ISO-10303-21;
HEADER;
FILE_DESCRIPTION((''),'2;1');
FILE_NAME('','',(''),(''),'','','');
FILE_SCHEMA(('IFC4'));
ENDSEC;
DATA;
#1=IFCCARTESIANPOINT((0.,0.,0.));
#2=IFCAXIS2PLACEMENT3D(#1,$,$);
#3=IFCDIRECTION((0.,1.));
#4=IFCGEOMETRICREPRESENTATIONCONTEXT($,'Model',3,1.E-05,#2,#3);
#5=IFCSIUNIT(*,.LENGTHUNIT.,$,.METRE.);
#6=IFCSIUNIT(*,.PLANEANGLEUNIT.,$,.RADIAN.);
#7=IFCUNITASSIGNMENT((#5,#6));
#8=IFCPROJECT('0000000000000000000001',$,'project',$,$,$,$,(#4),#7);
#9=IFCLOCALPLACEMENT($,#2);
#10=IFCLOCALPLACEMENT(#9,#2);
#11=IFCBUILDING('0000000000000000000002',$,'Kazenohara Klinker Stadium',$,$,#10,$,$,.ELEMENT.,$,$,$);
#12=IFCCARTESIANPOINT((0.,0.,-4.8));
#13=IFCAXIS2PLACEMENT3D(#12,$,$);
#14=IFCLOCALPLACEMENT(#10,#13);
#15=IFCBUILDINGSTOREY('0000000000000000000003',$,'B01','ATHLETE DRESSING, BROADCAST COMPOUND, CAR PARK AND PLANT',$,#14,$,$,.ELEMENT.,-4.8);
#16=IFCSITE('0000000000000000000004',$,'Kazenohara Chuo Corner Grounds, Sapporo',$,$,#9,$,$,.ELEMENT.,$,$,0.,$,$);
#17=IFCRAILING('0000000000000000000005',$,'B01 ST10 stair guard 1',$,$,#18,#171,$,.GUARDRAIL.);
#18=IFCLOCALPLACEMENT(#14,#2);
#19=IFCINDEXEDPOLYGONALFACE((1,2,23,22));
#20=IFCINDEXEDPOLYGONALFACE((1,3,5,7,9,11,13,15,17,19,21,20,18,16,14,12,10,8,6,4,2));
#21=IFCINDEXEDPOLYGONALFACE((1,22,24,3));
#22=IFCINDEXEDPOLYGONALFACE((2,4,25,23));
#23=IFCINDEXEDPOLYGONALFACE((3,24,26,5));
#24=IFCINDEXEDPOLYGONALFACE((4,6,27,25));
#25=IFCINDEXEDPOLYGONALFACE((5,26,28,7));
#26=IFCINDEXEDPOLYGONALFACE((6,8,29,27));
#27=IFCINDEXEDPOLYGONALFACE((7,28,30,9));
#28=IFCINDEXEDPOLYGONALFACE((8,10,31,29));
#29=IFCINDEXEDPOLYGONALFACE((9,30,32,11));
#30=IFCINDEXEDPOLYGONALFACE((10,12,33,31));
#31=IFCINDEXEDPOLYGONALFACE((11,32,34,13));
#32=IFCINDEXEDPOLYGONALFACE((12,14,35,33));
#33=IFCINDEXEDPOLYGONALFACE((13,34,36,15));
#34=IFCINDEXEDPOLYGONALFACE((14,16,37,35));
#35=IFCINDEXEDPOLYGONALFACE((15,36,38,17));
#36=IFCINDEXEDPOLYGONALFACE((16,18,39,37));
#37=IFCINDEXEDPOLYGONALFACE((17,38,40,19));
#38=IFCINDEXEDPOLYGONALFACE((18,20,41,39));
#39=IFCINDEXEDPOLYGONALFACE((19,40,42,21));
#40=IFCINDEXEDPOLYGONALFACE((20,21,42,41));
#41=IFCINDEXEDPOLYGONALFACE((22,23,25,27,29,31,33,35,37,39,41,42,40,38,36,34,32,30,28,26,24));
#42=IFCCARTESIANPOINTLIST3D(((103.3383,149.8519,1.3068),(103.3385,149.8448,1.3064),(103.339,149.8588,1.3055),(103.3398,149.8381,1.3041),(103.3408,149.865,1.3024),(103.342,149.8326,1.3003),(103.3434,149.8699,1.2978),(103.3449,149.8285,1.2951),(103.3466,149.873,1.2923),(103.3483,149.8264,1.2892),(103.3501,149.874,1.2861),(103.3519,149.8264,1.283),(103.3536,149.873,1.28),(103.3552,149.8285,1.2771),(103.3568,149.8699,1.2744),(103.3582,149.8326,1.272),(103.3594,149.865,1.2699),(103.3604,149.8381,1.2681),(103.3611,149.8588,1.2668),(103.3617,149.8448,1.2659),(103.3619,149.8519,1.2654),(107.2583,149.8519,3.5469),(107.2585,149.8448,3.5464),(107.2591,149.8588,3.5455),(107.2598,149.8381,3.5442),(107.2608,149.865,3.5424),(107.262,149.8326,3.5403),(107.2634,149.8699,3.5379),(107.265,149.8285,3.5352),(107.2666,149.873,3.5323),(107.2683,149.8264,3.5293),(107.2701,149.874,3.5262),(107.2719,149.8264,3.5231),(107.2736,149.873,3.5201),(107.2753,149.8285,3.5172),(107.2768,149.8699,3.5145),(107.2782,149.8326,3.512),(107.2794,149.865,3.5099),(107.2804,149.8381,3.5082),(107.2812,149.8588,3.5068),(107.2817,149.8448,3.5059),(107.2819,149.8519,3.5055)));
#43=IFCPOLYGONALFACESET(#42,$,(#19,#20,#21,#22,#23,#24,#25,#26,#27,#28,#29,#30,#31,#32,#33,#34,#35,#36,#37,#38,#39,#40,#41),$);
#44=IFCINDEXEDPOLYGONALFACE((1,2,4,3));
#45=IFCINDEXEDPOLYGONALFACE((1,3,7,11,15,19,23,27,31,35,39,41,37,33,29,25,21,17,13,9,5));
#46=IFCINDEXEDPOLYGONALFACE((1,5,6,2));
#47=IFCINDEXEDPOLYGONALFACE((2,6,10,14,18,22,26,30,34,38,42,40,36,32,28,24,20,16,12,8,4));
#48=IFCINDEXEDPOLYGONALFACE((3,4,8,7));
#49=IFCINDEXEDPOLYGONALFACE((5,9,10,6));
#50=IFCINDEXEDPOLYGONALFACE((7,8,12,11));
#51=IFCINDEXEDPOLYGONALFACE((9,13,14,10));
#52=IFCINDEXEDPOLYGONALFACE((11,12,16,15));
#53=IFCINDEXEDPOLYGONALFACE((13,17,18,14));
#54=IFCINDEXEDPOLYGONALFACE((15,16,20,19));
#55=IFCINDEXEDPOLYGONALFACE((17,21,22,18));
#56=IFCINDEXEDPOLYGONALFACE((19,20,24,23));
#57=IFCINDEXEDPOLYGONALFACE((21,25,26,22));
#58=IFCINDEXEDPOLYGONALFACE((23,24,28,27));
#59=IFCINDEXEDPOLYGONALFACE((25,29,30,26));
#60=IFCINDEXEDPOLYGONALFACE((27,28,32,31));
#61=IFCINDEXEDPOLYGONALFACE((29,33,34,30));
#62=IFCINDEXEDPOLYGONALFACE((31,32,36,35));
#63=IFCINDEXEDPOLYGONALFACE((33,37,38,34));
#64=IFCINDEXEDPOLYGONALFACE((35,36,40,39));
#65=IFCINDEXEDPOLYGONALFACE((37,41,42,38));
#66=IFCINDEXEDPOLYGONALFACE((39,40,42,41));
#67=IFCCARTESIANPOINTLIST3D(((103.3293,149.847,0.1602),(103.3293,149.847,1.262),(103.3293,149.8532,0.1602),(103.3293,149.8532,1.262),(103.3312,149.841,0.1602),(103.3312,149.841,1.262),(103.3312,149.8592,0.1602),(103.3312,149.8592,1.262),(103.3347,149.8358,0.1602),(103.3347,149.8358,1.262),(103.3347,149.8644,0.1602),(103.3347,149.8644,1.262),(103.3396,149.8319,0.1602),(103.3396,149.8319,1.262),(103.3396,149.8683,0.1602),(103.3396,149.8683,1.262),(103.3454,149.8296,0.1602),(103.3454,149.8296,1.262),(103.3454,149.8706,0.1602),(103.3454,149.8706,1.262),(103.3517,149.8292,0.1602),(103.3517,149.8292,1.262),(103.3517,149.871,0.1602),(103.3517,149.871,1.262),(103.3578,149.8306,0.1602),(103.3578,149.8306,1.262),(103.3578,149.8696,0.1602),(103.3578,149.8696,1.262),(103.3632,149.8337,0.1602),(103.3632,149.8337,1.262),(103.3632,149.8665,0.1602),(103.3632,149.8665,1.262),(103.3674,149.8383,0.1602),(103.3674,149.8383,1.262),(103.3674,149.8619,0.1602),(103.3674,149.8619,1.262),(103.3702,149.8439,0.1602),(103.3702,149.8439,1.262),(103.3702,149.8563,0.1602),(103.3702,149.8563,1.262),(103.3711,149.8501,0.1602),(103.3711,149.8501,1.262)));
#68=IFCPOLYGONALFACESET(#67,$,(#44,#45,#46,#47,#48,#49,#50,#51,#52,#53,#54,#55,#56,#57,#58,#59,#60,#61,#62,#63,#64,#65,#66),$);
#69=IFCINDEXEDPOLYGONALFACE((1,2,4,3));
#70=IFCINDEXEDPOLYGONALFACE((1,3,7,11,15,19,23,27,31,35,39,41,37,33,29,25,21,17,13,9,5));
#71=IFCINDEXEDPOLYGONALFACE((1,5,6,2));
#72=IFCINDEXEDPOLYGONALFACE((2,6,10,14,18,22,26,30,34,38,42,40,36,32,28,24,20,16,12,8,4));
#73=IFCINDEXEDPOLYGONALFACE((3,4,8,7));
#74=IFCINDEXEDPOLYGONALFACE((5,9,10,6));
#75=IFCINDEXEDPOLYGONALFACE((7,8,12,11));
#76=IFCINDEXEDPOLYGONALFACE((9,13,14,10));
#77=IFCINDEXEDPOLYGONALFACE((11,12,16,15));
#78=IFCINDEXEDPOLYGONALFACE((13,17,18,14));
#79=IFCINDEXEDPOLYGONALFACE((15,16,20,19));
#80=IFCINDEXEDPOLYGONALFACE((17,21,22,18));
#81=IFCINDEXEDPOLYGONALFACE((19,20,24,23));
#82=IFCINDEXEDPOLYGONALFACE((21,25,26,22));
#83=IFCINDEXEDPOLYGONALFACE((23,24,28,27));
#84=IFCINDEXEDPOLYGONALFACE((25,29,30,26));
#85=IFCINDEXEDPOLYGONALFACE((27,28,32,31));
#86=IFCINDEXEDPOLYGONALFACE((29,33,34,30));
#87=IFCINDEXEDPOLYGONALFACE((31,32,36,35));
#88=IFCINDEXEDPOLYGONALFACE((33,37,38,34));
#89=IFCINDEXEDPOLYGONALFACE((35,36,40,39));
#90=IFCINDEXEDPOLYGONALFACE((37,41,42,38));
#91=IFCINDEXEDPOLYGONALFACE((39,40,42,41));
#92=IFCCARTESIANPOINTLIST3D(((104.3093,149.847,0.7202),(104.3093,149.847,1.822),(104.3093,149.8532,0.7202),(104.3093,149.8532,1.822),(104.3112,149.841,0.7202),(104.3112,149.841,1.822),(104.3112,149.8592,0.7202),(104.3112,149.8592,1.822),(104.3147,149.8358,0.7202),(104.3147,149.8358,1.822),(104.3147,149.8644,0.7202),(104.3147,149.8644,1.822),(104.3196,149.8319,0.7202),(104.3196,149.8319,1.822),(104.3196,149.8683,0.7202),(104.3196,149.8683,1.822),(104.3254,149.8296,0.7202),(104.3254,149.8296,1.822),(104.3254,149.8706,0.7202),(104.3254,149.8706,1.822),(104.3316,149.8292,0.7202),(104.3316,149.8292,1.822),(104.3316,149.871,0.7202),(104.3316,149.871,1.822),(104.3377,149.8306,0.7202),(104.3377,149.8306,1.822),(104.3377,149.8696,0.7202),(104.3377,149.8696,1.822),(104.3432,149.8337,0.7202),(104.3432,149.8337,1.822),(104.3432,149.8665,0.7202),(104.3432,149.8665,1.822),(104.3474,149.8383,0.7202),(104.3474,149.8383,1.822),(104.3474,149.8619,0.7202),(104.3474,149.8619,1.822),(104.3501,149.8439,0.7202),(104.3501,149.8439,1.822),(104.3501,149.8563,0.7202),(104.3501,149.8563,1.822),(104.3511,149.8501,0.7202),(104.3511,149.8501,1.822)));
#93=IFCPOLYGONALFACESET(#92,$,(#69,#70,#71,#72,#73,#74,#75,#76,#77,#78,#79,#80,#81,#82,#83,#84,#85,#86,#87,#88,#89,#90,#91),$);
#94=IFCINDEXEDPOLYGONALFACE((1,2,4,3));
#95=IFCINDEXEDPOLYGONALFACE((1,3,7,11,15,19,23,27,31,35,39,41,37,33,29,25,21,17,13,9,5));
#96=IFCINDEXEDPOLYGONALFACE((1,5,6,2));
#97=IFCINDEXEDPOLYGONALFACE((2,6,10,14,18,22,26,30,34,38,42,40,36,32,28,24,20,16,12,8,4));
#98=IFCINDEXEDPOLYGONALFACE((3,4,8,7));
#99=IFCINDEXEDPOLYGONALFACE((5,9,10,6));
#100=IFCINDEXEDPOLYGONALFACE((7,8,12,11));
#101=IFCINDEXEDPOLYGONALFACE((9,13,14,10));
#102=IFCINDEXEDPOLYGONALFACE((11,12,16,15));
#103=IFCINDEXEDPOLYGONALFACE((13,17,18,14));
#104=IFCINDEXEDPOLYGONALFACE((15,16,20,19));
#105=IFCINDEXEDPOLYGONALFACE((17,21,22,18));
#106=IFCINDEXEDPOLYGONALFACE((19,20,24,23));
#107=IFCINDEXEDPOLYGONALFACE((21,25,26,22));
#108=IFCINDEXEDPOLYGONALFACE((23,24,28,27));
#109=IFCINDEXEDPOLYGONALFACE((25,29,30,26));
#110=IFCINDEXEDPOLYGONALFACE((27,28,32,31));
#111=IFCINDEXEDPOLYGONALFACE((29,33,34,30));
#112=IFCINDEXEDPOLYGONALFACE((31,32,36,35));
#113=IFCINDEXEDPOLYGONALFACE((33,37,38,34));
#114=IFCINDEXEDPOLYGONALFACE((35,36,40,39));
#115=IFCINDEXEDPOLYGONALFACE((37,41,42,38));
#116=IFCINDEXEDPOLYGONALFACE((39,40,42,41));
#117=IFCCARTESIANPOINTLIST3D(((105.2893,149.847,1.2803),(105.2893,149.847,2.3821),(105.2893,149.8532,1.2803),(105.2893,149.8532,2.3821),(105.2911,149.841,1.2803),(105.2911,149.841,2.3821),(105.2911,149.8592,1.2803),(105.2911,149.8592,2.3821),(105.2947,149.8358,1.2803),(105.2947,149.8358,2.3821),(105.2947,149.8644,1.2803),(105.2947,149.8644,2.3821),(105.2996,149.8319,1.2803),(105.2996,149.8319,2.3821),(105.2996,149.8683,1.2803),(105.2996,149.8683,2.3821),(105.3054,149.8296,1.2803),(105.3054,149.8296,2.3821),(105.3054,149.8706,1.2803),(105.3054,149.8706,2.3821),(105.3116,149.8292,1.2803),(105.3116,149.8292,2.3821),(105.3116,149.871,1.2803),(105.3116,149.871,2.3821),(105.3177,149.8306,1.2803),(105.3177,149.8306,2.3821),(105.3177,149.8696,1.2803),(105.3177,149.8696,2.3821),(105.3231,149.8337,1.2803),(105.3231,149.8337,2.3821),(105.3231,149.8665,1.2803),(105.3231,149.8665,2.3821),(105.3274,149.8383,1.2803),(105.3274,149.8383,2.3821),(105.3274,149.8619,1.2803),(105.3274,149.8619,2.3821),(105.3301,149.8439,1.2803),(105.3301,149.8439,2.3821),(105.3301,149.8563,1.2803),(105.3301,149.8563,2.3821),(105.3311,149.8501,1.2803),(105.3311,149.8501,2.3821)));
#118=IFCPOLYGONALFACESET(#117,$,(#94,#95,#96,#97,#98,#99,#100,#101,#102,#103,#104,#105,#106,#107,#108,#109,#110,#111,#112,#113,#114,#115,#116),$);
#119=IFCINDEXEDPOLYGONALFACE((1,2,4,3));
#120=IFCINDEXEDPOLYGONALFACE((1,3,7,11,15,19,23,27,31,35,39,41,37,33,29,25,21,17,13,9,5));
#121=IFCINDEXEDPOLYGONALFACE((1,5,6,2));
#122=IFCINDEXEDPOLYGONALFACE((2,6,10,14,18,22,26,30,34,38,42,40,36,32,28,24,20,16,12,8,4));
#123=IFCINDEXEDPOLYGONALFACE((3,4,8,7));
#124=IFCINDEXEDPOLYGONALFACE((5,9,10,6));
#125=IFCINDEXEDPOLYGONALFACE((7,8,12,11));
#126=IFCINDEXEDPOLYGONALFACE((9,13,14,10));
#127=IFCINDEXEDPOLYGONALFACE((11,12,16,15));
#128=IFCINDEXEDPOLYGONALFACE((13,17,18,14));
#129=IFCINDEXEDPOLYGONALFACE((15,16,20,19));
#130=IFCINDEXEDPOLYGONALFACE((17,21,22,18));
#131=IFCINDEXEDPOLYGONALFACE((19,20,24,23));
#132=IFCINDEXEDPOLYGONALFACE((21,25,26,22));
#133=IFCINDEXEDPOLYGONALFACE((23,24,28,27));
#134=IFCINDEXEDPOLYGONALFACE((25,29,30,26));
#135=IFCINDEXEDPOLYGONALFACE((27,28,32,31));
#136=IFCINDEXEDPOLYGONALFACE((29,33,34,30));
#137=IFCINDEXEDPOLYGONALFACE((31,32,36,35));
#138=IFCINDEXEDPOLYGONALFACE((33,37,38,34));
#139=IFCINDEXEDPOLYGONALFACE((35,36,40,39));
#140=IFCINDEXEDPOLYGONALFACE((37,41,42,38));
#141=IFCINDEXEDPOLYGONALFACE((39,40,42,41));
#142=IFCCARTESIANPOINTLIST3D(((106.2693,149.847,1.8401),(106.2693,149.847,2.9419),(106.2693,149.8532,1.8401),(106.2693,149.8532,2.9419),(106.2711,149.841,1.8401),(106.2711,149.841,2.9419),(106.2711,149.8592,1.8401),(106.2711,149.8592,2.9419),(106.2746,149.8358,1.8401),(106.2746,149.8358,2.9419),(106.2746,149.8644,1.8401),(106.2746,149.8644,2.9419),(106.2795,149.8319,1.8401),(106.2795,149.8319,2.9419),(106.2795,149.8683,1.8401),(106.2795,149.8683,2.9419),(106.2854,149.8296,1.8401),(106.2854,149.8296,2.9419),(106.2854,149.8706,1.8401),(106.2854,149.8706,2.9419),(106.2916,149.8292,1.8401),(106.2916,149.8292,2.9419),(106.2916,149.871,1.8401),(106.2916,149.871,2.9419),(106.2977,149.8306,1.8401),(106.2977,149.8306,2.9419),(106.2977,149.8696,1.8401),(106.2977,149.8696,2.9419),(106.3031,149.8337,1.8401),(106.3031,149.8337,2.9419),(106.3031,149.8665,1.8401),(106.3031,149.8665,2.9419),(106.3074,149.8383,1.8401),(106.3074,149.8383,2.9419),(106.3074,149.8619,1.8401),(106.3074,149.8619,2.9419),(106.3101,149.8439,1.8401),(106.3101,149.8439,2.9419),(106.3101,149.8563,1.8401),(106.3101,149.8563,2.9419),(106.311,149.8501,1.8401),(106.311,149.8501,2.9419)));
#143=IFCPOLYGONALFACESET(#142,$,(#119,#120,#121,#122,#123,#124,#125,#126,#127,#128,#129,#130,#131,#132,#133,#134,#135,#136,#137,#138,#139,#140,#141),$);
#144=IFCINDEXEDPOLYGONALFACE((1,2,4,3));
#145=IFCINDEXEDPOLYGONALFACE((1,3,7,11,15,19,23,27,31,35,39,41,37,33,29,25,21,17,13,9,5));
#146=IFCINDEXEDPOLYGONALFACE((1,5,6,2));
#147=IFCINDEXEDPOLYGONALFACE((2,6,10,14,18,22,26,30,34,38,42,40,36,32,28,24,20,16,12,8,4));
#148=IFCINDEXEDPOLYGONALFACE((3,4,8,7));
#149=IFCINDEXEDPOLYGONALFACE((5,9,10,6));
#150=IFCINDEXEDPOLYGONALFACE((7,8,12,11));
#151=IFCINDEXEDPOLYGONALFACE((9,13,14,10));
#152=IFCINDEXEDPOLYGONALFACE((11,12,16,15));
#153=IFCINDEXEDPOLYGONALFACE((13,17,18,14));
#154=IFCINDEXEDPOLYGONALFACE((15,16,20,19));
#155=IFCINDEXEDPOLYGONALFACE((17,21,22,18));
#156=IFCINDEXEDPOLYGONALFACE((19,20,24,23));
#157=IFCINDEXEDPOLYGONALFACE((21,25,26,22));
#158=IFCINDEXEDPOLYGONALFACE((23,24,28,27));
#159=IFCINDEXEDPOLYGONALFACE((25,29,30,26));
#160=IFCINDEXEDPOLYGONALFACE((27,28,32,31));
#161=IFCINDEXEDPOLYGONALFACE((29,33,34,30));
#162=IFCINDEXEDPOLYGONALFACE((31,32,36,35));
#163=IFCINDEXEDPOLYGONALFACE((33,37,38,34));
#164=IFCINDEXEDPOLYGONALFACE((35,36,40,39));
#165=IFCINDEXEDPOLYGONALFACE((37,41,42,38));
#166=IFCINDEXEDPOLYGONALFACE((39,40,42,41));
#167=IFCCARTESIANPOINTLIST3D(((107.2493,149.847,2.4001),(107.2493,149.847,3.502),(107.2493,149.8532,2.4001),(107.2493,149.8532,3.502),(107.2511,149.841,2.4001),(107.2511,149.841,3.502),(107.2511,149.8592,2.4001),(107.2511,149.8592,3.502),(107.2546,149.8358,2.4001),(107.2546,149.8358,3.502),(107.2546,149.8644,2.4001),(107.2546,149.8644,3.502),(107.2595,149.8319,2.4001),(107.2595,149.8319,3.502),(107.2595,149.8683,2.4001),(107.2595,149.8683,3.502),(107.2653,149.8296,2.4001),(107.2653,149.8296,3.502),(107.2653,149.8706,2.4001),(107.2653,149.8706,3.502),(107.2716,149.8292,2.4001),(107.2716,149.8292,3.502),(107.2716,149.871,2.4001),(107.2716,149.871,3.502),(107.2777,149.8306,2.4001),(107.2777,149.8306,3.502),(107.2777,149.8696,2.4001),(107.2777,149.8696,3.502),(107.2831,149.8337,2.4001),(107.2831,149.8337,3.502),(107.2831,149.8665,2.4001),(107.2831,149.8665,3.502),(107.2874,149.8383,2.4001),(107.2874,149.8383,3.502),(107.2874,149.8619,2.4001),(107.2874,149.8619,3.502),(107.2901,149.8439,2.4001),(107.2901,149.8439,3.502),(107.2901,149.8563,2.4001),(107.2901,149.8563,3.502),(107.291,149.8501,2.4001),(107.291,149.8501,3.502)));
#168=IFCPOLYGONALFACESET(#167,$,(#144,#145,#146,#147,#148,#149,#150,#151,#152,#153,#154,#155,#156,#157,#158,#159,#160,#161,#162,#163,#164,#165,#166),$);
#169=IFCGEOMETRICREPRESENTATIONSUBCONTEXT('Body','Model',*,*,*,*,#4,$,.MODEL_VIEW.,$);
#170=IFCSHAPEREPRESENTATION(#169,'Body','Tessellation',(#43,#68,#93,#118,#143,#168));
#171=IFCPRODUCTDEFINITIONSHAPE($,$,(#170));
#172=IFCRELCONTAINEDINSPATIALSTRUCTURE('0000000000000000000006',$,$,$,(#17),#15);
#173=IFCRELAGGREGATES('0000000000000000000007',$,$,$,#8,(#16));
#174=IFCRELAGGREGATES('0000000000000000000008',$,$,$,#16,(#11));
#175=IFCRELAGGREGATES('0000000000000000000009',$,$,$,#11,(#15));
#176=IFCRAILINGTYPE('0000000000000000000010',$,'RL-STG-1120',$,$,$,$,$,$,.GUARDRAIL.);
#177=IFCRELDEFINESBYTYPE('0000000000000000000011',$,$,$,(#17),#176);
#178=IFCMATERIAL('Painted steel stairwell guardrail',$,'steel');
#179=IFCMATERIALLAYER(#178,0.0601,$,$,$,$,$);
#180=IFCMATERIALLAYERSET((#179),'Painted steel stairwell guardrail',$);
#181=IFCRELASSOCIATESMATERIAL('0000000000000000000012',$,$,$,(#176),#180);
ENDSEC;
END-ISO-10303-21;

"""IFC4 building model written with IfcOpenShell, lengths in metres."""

from ifc_helpers import new_model, si_unit, direction, frame, origin, origin_2d, place, context, subcontext, project, spatial, circle, extrude, material, layer, layer_set, type_object, element, save


model = new_model("IFC4")

# Units and contexts
model_context = context("Model", 3, precision=1e-05, world=origin(), true_north=direction((0.0, 1.0)))
body_context = subcontext(model_context, "Body", "Model", "MODEL_VIEW")
ifc_project = project(units=[si_unit("LENGTHUNIT", "METRE"), si_unit("PLANEANGLEUNIT", "RADIAN")], contexts=[model_context])

# Site, building, storey
site_placement = place(None, origin())
site = spatial("IfcSite", under=ifc_project, at=site_placement, Name="Kazenohara Chuo Corner Grounds, Sapporo", CompositionType="ELEMENT", RefElevation=0.0)
building_placement = place(site_placement, origin())
building = spatial("IfcBuilding", under=site, at=building_placement, Name="Kazenohara Klinker Stadium", CompositionType="ELEMENT")
storey_placement = place(building_placement, frame((0.0, 0.0, -4.8)))
storey = spatial("IfcBuildingStorey", under=building, at=storey_placement, Name="B01", Description="ATHLETE DRESSING, BROADCAST COMPOUND, CAR PARK AND PLANT", CompositionType="ELEMENT", Elevation=-4.8)

# Railing
ifc_material_1 = material(Name="Painted steel stairwell guardrail", Category="steel")
ifc_layer_1 = layer(ifc_material_1, 0.0601)
ifc_layer_set_1 = layer_set([ifc_layer_1], Name="Painted steel stairwell guardrail")
railing_type_1 = type_object("IfcRailingType", Name="RL-STG-1120", PredefinedType="GUARDRAIL", material=ifc_layer_set_1)
railing_1_placement = place(storey_placement, frame((103.3501, 149.8501, 0.1602)))
element("IfcRailing", 1, at=railing_1_placement, inside=storey, type_object=railing_type_1, Name="B01 ST10 stair guard 1", PredefinedType="GUARDRAIL", context=body_context, shape_type="SweptSolid", body=[
    extrude(circle(Radius=0.0239, at=origin_2d()), frame((0.0, 0.0, 1.126), z_axis=(0.86824, 0.0, 0.496145), x_axis=(0.0, 1.0, 0.0)), (0.0, 0.0, 1.0), 4.5149),
    extrude(circle(Radius=0.021, at=origin_2d()), origin(), (0.0, 0.0, 1.0), 1.1018),
    extrude(circle(Radius=0.021, at=origin_2d()), frame((0.98, 0.0, 0.5601)), (0.0, 0.0, 1.0), 1.1018),
    extrude(circle(Radius=0.021, at=origin_2d()), frame((1.96, 0.0, 1.1201)), (0.0, 0.0, 1.0), 1.1018),
    extrude(circle(Radius=0.021, at=origin_2d()), frame((2.9399, 0.0, 1.6799)), (0.0, 0.0, 1.0), 1.1018),
    extrude(circle(Radius=0.021, at=origin_2d()), frame((3.9199, 0.0, 2.24)), (0.0, 0.0, 1.0), 1.1018),
])

save(model, "model.ifc")
